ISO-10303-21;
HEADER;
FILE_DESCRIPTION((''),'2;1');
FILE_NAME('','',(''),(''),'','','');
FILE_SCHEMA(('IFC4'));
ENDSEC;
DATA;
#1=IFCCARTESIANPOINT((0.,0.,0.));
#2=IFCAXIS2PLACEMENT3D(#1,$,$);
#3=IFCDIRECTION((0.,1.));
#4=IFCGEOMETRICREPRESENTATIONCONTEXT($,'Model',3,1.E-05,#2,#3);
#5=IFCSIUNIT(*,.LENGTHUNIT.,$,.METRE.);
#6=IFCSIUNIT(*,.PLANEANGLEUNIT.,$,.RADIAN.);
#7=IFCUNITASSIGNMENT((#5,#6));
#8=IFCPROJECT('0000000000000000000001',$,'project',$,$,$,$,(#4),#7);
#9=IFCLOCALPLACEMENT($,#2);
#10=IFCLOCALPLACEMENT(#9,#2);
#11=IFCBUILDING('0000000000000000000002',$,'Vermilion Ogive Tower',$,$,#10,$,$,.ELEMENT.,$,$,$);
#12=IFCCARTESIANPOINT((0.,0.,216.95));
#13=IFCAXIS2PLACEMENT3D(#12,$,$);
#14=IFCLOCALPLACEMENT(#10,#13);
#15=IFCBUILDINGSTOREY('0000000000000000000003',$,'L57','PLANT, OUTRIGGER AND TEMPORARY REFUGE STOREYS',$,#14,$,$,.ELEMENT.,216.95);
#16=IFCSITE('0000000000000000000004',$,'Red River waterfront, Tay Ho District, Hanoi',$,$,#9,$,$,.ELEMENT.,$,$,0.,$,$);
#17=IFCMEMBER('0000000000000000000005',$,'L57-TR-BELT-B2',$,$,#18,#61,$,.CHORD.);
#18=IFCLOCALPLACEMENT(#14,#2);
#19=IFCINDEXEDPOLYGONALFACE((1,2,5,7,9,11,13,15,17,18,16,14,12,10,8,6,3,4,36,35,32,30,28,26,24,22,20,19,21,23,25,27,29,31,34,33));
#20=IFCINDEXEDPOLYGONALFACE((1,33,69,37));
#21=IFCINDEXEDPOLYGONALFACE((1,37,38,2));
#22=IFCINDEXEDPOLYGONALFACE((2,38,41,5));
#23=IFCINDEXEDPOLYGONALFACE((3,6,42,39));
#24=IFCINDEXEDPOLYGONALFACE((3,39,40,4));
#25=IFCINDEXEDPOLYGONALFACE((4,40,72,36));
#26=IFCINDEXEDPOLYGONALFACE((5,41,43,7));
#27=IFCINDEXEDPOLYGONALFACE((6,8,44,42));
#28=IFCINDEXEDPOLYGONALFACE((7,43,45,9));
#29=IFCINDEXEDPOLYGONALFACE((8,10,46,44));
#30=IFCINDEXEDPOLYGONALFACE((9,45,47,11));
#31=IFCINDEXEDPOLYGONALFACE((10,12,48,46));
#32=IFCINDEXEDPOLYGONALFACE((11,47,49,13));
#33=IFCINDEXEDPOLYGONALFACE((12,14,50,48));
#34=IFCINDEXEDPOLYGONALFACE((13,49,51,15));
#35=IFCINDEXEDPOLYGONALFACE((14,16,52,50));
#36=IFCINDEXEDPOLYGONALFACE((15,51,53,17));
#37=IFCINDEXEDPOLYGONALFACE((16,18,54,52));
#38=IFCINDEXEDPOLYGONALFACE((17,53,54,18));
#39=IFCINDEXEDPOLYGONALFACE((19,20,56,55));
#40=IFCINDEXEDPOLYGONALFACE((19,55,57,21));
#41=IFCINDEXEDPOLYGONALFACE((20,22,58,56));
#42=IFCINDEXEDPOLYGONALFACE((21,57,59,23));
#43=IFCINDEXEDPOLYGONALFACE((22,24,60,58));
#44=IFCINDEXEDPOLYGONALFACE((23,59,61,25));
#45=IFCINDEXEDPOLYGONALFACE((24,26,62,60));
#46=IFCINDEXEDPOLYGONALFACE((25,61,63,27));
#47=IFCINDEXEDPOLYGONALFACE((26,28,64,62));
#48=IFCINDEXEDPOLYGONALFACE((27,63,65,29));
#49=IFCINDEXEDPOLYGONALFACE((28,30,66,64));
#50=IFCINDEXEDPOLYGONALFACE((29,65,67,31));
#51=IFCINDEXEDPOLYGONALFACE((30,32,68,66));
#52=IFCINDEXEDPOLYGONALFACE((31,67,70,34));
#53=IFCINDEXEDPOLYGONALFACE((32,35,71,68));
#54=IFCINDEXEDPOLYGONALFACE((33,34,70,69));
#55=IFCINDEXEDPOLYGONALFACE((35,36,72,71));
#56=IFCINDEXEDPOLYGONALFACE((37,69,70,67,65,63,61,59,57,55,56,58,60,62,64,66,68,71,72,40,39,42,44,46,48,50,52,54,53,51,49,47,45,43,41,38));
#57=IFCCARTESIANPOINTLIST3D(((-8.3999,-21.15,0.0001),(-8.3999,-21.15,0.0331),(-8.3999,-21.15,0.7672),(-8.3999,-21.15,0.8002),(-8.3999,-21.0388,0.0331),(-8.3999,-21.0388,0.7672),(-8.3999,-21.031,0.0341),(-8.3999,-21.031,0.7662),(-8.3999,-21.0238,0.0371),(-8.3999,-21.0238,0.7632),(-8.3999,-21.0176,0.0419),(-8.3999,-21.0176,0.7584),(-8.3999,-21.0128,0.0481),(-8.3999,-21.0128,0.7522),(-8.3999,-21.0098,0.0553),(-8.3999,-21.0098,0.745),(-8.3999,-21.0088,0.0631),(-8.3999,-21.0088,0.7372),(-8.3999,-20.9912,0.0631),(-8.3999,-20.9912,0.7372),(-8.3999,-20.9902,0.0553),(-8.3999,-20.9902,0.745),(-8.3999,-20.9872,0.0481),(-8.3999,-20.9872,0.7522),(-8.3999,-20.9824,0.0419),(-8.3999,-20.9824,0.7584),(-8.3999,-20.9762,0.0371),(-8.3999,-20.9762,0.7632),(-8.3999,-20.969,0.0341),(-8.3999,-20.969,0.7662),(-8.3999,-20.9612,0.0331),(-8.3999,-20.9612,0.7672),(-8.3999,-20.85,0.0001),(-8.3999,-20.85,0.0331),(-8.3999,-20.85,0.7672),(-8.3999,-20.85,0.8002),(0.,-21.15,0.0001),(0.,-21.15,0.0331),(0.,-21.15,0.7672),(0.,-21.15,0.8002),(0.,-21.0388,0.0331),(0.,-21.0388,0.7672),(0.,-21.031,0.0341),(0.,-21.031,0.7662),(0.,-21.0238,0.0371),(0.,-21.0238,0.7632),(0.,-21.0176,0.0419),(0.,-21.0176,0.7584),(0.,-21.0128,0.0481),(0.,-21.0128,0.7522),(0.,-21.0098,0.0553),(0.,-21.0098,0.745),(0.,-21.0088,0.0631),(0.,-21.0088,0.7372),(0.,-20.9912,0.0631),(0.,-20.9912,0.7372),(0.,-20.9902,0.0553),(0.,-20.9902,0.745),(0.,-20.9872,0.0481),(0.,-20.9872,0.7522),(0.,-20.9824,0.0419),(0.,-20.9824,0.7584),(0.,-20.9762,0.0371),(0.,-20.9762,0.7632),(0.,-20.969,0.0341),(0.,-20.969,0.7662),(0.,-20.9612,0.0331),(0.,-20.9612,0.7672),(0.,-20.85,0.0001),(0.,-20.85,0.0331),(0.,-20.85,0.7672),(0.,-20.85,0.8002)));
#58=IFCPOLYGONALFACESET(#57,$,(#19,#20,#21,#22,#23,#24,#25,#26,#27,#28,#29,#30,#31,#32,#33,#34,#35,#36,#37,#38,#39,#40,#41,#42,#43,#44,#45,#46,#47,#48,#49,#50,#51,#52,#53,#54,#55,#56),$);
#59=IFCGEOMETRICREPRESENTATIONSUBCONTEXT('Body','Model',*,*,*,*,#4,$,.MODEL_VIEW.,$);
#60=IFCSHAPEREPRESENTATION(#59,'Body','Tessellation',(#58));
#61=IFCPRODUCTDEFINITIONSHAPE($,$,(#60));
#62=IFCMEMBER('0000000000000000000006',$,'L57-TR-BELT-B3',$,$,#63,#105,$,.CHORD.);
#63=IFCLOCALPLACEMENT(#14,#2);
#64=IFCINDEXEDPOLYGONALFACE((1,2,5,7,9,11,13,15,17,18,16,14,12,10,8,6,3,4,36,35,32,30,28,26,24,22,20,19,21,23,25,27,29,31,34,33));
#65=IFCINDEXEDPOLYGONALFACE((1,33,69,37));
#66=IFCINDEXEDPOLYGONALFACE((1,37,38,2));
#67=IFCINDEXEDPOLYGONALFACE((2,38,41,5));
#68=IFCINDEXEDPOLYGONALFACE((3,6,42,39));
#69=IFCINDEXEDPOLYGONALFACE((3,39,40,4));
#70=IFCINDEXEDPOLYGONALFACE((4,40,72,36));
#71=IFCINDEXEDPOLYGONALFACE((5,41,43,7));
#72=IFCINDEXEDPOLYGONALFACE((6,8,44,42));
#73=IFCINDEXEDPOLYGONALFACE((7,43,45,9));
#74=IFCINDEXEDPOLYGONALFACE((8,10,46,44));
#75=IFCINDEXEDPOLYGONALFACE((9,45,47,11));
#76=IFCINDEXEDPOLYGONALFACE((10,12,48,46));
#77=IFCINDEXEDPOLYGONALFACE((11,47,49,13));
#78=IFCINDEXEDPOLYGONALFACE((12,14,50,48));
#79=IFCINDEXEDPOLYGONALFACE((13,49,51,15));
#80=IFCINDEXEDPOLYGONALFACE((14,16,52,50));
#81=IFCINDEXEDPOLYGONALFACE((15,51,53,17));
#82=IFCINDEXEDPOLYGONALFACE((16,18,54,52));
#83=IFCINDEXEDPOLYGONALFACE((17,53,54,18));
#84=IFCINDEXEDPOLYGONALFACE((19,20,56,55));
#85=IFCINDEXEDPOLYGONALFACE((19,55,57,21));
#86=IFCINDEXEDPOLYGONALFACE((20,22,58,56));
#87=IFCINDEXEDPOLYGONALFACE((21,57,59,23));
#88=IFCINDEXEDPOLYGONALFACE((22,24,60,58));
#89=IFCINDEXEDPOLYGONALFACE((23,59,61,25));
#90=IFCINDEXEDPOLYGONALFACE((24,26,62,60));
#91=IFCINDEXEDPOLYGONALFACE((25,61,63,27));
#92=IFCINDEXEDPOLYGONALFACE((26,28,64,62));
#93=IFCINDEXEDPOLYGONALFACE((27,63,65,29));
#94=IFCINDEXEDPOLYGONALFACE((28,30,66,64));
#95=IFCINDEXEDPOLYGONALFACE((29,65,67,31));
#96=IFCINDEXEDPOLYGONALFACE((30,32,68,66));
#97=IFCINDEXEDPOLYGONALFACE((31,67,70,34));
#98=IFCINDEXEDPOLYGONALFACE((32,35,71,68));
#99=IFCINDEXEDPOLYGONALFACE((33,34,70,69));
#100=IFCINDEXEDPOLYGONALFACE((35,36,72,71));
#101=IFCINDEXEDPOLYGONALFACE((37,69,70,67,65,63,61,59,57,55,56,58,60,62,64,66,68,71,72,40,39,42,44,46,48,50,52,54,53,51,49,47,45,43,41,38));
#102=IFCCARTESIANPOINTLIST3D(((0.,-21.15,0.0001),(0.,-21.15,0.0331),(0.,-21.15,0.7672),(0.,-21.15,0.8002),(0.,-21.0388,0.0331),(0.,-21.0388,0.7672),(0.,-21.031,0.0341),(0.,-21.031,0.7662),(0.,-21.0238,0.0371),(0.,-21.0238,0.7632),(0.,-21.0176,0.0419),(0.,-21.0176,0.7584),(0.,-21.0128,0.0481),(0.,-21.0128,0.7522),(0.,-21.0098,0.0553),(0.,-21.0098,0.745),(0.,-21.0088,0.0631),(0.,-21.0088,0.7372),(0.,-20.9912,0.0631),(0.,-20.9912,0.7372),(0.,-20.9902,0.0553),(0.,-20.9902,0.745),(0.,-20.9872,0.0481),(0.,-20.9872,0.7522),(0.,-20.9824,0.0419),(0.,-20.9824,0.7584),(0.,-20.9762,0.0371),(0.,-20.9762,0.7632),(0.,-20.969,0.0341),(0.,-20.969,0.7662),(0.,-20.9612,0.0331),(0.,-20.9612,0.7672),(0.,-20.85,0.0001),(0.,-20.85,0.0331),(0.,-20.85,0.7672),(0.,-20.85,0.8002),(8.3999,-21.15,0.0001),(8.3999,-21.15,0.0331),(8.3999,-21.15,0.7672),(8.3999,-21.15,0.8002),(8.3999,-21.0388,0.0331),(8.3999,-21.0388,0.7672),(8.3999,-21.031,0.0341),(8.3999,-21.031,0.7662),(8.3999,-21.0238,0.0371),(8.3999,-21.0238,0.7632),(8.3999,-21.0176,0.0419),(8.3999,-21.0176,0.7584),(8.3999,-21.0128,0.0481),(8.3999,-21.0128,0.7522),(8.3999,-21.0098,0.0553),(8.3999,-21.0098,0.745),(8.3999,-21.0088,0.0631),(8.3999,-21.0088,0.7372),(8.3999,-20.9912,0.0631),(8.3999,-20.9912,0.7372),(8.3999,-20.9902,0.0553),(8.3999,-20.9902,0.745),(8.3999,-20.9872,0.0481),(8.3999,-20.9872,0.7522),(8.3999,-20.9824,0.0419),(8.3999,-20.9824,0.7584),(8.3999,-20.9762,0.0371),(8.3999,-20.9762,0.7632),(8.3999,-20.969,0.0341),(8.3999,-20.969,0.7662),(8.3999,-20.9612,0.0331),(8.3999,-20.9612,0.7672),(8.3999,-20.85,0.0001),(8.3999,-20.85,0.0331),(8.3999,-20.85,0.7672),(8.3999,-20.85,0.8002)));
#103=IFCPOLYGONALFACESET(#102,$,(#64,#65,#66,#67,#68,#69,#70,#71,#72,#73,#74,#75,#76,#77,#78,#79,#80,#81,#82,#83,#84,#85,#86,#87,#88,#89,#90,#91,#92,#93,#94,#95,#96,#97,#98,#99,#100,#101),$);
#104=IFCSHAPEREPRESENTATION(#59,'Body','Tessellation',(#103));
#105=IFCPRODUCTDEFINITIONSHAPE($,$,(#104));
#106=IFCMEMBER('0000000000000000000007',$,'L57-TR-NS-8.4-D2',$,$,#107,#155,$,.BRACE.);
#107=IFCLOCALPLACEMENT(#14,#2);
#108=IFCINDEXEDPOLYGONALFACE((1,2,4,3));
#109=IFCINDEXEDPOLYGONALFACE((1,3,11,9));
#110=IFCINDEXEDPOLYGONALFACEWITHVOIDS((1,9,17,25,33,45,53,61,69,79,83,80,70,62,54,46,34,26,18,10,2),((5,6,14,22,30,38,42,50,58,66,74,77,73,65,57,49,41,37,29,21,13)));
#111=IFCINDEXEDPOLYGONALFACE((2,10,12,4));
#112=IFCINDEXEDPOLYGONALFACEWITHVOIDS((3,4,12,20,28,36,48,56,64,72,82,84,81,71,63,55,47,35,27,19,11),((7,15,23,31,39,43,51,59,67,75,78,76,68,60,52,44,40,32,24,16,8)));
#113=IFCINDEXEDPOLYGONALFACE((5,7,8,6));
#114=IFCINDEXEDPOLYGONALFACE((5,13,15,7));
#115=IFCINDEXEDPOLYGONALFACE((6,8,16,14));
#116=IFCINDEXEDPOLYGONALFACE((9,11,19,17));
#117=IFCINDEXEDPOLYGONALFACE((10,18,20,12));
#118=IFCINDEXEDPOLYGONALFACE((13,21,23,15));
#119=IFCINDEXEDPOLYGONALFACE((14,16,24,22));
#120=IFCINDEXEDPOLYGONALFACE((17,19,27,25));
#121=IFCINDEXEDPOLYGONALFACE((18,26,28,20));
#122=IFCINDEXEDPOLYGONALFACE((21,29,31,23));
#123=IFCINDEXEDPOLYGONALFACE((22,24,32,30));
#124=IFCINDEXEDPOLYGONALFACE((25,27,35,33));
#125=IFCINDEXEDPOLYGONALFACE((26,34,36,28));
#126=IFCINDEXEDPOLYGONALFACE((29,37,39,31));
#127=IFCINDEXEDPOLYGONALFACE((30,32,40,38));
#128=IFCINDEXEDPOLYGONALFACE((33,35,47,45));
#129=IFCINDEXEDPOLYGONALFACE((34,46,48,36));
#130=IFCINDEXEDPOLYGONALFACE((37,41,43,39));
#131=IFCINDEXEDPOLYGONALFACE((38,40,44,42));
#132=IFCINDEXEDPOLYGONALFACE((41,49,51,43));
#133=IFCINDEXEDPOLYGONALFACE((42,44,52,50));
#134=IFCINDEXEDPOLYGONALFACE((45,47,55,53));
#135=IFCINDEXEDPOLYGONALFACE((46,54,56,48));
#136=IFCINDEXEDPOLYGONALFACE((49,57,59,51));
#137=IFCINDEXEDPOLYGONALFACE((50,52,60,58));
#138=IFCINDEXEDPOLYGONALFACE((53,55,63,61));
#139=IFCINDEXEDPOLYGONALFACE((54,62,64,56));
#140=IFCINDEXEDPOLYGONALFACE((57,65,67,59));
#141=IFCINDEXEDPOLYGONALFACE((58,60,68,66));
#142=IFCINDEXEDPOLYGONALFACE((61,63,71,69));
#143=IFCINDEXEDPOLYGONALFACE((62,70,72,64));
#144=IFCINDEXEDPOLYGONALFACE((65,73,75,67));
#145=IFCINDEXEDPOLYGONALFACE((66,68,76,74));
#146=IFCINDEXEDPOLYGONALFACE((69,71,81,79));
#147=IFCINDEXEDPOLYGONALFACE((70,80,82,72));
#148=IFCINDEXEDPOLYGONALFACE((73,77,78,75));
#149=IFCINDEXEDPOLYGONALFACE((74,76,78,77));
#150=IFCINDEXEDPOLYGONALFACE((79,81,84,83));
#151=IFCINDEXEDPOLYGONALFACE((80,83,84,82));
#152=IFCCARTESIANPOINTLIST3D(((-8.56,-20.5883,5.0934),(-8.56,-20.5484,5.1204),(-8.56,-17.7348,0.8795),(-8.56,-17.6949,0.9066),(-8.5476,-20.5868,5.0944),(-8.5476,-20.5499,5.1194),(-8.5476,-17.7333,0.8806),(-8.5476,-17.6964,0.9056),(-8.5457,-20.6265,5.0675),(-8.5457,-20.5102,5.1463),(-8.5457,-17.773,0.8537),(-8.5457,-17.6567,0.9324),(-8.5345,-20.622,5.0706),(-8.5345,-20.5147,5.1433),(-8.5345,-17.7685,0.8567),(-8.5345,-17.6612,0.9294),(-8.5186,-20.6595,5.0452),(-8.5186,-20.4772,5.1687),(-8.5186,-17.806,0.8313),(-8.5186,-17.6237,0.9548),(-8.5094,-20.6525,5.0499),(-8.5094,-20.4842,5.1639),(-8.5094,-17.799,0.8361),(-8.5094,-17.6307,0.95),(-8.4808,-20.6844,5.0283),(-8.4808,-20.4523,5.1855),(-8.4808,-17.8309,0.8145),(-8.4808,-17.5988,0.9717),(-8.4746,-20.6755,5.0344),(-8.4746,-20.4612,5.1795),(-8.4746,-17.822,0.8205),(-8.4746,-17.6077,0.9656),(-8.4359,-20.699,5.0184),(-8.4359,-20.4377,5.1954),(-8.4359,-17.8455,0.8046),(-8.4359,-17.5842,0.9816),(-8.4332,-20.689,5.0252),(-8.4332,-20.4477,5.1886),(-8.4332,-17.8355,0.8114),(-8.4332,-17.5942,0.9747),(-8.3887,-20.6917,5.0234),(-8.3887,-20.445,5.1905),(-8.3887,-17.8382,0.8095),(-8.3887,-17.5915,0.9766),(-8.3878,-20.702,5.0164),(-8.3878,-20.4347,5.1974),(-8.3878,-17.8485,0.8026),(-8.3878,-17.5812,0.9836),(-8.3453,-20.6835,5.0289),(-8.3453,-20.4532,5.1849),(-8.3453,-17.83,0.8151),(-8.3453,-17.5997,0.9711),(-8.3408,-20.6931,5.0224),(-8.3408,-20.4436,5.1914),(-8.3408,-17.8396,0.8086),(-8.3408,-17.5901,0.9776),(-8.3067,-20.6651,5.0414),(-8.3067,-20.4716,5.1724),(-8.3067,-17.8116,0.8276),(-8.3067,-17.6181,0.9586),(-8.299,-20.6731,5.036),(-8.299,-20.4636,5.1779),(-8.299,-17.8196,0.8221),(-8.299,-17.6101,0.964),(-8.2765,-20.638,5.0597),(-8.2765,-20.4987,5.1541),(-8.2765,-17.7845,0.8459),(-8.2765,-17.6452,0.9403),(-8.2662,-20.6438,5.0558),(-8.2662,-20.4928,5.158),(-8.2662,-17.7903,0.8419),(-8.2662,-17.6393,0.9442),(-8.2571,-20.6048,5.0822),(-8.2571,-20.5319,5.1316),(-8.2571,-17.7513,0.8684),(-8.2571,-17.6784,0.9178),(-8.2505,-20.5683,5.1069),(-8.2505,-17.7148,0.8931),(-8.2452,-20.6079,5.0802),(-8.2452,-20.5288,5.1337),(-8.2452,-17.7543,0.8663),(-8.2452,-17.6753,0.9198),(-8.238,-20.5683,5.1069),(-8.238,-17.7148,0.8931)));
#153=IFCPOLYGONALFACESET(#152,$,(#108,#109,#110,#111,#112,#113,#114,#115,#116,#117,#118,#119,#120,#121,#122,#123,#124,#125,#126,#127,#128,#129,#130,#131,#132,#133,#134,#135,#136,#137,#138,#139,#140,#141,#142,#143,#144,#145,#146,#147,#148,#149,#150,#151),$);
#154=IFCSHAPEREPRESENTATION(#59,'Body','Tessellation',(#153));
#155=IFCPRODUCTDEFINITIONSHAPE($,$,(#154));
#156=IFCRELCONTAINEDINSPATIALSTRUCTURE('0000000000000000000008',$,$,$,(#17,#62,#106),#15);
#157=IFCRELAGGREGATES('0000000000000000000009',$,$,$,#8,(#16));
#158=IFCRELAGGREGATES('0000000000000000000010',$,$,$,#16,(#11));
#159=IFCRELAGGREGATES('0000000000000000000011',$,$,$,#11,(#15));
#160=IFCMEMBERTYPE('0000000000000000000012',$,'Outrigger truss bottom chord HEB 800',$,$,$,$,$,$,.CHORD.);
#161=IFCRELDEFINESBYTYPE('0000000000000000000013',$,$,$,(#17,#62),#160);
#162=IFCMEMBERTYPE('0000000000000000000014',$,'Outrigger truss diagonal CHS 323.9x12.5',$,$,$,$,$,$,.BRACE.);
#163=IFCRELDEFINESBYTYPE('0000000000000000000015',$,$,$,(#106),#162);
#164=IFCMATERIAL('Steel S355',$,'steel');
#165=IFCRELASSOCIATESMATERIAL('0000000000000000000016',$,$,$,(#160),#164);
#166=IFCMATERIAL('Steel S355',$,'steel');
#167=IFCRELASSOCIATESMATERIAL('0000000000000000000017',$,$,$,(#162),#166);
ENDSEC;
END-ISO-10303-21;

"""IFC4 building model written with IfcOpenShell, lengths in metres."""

from ifc_helpers import new_model, si_unit, direction, frame, origin, origin_2d, place, context, subcontext, project, spatial, hollow_circle, i_section, extrude, material, material_profile, profile_set, type_object, element, save


model = new_model("IFC4")

# Units and contexts
model_context = context("Model", 3, precision=1e-05, world=origin(), true_north=direction((0.0, 1.0)))
body_context = subcontext(model_context, "Body", "Model", "MODEL_VIEW")
ifc_project = project(units=[si_unit("LENGTHUNIT", "METRE"), si_unit("PLANEANGLEUNIT", "RADIAN")], contexts=[model_context])

# Site, building, storey
site_placement = place(None, origin())
site = spatial("IfcSite", under=ifc_project, at=site_placement, Name="Red River waterfront, Tay Ho District, Hanoi", CompositionType="ELEMENT", RefElevation=0.0)
building_placement = place(site_placement, origin())
building = spatial("IfcBuilding", under=site, at=building_placement, Name="Vermilion Ogive Tower", CompositionType="ELEMENT")
storey_placement = place(building_placement, frame((0.0, 0.0, 216.95)))
storey = spatial("IfcBuildingStorey", under=building, at=storey_placement, Name="L57", Description="PLANT, OUTRIGGER AND TEMPORARY REFUGE STOREYS", CompositionType="ELEMENT", Elevation=216.95)

# Members
ifc_material_1 = material(Name="Steel S355", Category="steel")
ifc_material_profile_1 = material_profile(ifc_material_1, i_section(OverallWidth=0.3, OverallDepth=0.8, WebThickness=0.0176, FlangeThickness=0.033, FilletRadius=0.03, at=origin_2d()), Name="HEB 800")
ifc_profile_set_1 = profile_set([ifc_material_profile_1], Name="Steel S355")
member_type_1 = type_object("IfcMemberType", Name="Outrigger truss bottom chord HEB 800", PredefinedType="CHORD", material=ifc_profile_set_1)
for number, where, z_axis, x_axis, name in (
    (1, (-8.3999, -21.0, 0.4001), (1.0, 0.0, 0.0), (0.0, 1.0, 0.0), "L57-TR-BELT-B2"),
    (2, (0.0, -21.0, 0.4001), (1.0, 0.0, 0.0), (0.0, 1.0, 0.0), "L57-TR-BELT-B3"),
):
    element("IfcMember", number, at=place(storey_placement, frame(where, z_axis=z_axis, x_axis=x_axis)), inside=storey, type_object=member_type_1, Name=name, PredefinedType="CHORD", context=body_context, shape_type="SweptSolid", body=[
        extrude(i_section(OverallWidth=0.3, OverallDepth=0.8, WebThickness=0.0176, FlangeThickness=0.033, FilletRadius=0.03, at=origin_2d()), origin(), (0.0, 0.0, 1.0), 8.3999),
    ])
ifc_material_2 = material(Name="Steel S355", Category="steel")
ifc_material_profile_2 = material_profile(ifc_material_2, hollow_circle(Radius=0.1619, WallThickness=0.0125, at=origin_2d()), Name="CHS 323.9x12.5")
ifc_profile_set_2 = profile_set([ifc_material_profile_2], Name="Steel S355")
member_type_2 = type_object("IfcMemberType", Name="Outrigger truss diagonal CHS 323.9x12.5", PredefinedType="BRACE", material=ifc_profile_set_2)
member_1_placement = place(storey_placement, frame((-8.3999, -17.7148, 0.8931), z_axis=(0.0, -0.560708, 0.828014), x_axis=(1.0, 0.0, 0.0)))
element("IfcMember", 3, at=member_1_placement, inside=storey, type_object=member_type_2, Name="L57-TR-NS-8.4-D2", PredefinedType="BRACE", context=body_context, shape_type="SweptSolid", body=[
    extrude(hollow_circle(Radius=0.1619, WallThickness=0.0125, at=origin_2d()), origin(), (0.0, 0.0, 1.0), 5.0891),
])

save(model, "model.ifc")
